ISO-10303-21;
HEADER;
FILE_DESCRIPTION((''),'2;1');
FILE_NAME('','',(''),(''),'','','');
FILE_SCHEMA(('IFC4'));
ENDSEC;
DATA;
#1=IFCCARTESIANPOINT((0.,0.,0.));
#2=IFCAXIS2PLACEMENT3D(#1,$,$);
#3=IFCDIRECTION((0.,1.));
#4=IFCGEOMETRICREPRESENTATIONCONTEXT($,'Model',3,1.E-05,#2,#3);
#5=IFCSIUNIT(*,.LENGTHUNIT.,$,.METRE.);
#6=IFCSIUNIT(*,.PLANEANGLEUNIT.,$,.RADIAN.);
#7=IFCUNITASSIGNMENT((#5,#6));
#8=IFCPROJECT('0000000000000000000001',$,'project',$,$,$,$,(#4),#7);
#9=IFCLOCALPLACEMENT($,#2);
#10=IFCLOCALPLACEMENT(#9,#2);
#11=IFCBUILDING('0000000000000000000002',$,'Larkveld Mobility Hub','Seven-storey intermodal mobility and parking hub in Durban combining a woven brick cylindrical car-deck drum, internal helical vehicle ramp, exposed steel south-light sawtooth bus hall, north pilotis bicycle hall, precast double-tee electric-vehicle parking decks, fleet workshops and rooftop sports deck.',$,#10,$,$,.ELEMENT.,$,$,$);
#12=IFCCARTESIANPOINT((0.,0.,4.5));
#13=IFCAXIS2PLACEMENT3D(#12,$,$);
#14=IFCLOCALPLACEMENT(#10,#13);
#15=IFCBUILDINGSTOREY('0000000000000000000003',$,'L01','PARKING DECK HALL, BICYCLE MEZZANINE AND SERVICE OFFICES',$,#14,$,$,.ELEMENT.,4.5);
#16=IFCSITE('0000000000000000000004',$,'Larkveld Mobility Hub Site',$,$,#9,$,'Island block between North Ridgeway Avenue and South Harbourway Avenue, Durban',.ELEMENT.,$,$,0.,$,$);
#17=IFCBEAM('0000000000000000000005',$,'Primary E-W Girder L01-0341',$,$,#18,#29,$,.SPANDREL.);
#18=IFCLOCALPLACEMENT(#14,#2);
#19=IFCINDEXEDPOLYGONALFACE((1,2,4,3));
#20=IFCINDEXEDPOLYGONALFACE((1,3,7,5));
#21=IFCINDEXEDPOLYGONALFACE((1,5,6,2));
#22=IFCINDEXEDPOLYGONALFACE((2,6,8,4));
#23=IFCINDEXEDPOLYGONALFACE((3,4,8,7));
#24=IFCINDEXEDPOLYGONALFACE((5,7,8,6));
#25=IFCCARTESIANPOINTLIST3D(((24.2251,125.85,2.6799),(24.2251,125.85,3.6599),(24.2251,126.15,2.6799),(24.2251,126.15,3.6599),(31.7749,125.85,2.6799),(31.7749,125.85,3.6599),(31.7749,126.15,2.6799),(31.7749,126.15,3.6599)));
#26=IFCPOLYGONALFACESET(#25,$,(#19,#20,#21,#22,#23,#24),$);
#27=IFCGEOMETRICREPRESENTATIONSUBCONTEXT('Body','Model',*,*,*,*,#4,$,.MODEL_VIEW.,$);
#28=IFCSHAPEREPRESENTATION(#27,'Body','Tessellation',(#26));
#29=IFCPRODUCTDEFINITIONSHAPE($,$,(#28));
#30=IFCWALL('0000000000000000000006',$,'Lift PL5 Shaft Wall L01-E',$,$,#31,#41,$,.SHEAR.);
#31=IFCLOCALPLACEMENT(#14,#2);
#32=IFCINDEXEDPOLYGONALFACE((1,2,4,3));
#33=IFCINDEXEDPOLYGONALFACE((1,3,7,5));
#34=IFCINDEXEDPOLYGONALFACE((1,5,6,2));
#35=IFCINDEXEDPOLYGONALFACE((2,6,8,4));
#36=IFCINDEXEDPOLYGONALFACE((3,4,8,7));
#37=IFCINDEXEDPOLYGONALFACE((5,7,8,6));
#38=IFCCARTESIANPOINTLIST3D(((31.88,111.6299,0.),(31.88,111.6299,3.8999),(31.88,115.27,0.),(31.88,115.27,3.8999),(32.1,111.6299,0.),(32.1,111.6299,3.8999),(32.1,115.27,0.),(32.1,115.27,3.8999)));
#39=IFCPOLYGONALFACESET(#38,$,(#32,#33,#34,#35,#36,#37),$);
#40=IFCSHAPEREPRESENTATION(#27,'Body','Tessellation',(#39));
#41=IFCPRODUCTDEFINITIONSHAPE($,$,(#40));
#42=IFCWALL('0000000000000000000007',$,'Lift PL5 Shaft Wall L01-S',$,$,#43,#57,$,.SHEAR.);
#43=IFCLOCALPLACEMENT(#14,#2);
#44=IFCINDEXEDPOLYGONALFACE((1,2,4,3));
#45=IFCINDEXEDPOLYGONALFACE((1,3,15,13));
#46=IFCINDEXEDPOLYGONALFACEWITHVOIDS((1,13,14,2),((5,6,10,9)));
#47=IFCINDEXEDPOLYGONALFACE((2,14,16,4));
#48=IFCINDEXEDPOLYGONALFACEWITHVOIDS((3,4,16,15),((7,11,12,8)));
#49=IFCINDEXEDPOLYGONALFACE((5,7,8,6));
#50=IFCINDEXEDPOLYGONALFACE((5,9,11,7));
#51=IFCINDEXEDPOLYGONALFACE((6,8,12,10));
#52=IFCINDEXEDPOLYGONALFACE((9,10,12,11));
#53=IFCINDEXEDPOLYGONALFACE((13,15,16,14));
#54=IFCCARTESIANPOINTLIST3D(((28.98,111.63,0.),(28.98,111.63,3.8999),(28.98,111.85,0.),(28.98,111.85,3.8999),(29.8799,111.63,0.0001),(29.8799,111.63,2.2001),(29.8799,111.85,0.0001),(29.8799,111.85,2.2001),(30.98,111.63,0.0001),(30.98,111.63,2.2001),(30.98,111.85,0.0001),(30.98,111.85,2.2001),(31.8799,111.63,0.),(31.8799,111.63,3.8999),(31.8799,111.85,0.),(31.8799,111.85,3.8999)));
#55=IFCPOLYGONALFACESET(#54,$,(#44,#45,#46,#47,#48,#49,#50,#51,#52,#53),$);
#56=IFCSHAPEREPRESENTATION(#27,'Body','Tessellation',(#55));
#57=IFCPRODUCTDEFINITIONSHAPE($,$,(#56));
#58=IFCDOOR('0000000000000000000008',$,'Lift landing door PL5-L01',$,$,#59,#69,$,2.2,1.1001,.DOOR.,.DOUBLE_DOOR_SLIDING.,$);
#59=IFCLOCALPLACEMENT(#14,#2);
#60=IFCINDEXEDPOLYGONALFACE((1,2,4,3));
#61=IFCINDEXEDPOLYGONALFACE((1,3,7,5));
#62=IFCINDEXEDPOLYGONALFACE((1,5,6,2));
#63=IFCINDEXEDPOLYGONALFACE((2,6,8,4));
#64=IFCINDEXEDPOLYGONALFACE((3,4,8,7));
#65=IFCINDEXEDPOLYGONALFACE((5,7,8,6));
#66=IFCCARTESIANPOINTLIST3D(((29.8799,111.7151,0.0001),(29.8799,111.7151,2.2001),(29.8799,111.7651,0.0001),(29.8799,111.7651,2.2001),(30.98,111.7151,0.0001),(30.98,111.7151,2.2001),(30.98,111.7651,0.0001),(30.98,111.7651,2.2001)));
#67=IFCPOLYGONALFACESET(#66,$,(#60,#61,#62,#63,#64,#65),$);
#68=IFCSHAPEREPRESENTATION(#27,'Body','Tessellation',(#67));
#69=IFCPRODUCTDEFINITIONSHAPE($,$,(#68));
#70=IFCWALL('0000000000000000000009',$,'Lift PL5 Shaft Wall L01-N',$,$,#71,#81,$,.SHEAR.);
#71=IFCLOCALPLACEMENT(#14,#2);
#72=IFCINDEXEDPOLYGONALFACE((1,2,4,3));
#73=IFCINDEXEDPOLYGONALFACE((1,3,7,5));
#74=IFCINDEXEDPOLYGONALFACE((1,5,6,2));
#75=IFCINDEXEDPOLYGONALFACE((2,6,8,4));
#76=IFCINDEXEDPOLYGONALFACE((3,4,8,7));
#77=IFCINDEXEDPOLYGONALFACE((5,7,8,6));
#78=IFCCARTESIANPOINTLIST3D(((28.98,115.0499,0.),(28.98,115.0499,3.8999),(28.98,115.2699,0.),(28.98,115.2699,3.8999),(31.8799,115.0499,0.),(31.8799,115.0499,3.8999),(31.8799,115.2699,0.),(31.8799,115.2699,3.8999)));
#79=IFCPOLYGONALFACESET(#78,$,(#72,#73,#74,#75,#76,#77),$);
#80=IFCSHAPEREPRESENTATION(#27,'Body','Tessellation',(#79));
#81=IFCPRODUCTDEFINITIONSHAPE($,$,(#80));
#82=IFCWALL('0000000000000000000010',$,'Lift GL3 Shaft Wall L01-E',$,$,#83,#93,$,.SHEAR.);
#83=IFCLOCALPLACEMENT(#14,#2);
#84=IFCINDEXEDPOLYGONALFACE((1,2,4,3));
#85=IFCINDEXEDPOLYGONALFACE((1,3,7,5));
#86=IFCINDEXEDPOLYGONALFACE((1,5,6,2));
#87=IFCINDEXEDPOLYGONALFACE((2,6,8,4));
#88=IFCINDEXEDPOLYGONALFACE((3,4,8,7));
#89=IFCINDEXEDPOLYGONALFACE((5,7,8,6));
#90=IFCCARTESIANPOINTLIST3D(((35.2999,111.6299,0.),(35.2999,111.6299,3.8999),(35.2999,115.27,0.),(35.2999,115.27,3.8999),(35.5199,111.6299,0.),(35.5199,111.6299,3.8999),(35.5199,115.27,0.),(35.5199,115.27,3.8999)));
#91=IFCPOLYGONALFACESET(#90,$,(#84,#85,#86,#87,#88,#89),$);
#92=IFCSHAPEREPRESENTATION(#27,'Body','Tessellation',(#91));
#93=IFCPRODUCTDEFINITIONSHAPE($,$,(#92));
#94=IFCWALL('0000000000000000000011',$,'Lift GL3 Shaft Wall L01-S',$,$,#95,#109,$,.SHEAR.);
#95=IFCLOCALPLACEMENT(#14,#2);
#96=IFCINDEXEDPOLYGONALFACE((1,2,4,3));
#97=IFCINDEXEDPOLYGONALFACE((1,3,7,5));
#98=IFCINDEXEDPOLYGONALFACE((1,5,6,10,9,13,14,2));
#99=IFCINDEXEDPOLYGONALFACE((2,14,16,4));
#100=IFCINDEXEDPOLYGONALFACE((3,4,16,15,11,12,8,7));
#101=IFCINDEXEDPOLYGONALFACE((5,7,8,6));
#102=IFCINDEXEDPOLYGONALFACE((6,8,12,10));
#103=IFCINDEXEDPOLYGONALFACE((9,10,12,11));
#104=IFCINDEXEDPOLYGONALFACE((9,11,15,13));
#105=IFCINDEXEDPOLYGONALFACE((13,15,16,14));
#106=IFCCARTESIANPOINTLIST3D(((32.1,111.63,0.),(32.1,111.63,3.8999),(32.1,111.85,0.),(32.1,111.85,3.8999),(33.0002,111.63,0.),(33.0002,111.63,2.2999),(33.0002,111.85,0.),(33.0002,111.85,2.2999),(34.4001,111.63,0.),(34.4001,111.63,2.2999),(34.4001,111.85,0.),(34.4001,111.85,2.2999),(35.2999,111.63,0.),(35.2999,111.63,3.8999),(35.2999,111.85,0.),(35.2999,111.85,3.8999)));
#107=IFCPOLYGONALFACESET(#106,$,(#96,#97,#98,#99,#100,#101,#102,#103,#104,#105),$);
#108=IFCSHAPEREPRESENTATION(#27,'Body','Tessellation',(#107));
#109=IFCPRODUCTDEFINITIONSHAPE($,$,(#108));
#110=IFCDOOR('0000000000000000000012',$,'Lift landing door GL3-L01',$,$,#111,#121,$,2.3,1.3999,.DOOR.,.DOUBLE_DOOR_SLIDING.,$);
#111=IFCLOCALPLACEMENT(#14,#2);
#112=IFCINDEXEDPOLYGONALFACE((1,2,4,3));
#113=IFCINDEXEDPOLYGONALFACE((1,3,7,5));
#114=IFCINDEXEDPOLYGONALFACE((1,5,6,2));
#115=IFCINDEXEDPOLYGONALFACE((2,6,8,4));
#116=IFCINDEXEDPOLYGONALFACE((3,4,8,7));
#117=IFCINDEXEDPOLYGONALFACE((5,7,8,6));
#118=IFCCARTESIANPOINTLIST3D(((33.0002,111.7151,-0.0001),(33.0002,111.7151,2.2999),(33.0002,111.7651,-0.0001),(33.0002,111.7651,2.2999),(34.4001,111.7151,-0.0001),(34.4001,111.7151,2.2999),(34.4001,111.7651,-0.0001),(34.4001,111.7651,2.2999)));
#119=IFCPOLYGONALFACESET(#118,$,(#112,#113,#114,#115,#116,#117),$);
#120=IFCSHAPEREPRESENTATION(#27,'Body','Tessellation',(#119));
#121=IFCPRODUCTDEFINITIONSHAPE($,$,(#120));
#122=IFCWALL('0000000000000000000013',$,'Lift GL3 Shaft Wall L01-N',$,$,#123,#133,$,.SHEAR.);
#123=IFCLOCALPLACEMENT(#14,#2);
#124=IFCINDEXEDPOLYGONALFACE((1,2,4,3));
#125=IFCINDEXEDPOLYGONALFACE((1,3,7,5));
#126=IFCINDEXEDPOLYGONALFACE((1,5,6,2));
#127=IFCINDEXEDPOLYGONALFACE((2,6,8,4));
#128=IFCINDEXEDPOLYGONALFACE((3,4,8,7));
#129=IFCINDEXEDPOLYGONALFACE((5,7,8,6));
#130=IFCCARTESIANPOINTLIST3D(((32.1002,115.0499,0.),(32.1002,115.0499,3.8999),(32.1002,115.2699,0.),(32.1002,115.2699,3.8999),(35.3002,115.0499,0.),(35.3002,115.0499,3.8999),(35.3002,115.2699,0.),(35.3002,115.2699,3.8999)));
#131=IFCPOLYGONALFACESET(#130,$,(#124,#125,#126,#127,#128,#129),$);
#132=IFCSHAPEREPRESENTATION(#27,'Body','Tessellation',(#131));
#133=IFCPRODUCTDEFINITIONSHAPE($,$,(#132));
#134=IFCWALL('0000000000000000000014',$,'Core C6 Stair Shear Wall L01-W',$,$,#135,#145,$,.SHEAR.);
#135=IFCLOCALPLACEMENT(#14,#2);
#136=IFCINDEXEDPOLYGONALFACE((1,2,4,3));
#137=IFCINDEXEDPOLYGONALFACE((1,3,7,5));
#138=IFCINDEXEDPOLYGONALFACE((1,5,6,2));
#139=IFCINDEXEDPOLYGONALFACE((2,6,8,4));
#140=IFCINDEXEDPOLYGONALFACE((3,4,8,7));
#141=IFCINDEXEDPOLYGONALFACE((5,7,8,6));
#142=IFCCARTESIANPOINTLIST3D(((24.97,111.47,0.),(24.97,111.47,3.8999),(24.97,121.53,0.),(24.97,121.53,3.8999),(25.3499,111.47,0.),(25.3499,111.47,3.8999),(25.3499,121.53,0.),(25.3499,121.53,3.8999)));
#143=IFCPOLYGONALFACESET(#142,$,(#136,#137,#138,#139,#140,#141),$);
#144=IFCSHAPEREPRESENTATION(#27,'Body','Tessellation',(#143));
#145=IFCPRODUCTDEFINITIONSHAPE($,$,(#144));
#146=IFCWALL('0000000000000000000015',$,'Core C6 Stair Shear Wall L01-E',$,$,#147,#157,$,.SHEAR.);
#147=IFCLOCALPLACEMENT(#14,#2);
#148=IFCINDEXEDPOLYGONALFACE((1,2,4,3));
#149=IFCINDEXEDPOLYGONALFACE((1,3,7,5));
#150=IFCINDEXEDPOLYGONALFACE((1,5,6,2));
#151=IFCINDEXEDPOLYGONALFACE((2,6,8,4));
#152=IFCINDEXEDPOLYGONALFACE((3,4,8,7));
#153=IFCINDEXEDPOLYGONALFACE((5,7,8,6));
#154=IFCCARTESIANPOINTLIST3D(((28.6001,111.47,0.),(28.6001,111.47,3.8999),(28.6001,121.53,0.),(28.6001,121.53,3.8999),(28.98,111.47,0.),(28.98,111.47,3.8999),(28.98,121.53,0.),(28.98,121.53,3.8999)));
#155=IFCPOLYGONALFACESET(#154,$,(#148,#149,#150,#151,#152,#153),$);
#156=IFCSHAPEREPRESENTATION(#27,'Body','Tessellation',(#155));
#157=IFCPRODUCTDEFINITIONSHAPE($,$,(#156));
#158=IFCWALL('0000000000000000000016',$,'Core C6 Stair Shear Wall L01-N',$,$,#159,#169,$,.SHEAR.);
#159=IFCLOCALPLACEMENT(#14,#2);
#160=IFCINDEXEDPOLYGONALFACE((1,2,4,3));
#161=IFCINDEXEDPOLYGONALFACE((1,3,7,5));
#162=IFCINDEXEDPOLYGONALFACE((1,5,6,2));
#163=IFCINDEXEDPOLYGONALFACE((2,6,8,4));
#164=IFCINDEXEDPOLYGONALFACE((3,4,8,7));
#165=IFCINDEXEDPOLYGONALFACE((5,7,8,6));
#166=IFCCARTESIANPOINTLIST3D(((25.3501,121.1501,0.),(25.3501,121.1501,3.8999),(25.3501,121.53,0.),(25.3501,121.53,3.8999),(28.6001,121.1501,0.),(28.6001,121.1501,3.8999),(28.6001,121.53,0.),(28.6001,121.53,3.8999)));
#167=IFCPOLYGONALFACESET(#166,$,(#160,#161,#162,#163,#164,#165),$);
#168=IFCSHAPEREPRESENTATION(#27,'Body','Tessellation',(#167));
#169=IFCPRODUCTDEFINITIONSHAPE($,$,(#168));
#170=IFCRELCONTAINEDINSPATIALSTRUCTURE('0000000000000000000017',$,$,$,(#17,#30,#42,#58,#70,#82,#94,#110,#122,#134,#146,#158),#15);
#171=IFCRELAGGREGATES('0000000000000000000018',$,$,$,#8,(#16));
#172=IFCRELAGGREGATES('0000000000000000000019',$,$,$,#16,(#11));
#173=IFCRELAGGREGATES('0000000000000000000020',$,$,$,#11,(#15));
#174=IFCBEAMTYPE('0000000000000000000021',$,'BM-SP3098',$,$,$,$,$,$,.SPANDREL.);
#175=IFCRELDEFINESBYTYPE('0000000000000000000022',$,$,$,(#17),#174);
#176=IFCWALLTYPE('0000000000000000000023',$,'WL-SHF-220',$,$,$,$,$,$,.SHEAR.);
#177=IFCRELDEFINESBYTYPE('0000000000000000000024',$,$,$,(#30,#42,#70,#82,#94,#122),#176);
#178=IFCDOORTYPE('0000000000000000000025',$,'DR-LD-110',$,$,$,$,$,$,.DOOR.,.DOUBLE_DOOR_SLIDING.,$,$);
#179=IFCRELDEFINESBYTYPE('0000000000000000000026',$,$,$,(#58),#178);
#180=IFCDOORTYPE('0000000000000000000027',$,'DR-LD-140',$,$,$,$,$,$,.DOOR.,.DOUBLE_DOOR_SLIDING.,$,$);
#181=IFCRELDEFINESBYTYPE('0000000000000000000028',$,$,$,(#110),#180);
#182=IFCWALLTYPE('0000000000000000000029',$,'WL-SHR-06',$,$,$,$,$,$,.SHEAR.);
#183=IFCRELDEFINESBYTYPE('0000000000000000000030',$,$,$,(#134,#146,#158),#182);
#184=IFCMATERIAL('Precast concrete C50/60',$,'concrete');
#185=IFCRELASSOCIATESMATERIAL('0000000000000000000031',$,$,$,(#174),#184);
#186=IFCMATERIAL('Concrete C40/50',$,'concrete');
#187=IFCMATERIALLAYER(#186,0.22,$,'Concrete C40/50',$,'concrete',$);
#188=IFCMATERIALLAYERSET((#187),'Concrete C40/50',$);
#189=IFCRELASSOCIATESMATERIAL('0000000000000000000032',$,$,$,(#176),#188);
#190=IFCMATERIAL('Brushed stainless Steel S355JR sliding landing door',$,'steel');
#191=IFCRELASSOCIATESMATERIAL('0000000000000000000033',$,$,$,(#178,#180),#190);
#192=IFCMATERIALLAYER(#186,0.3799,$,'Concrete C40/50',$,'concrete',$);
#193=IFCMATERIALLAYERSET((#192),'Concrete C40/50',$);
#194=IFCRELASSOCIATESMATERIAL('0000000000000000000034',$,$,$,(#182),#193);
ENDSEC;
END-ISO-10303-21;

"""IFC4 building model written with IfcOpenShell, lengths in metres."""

from ifc_helpers import new_model, si_unit, direction, frame, frame_2d, origin, origin_2d, place, context, subcontext, project, spatial, rectangle, extrude, material, layer, layer_set, material_profile, profile_set, type_object, element, fill, save


model = new_model("IFC4")

# Units and contexts
model_context = context("Model", 3, precision=1e-05, world=origin(), true_north=direction((0.0, 1.0)))
body_context = subcontext(model_context, "Body", "Model", "MODEL_VIEW")
ifc_project = project(units=[si_unit("LENGTHUNIT", "METRE"), si_unit("PLANEANGLEUNIT", "RADIAN")], contexts=[model_context])

# Site, building, storey
site_placement = place(None, origin())
site = spatial("IfcSite", under=ifc_project, at=site_placement, Name="Larkveld Mobility Hub Site", LongName="Island block between North Ridgeway Avenue and South Harbourway Avenue, Durban", CompositionType="ELEMENT", RefElevation=0.0)
building_placement = place(site_placement, origin())
building = spatial("IfcBuilding", under=site, at=building_placement, Name="Larkveld Mobility Hub", Description="Seven-storey intermodal mobility and parking hub in Durban combining a woven brick cylindrical car-deck drum, internal helical vehicle ramp, exposed steel south-light sawtooth bus hall, north pilotis bicycle hall, precast double-tee electric-vehicle parking decks, fleet workshops and rooftop sports deck.", CompositionType="ELEMENT")
storey_placement = place(building_placement, frame((0.0, 0.0, 4.5)))
storey = spatial("IfcBuildingStorey", under=building, at=storey_placement, Name="L01", Description="PARKING DECK HALL, BICYCLE MEZZANINE AND SERVICE OFFICES", CompositionType="ELEMENT", Elevation=4.5)

# Shared definitions
ifc_material_1 = material(Name="Precast concrete C50/60", Category="concrete")
ifc_material_2 = material(Name="Concrete C40/50", Category="concrete")

# Beam
ifc_material_profile_1 = material_profile(ifc_material_1, rectangle(XDim=0.3, YDim=0.98, at=origin_2d()), Name="PC SP 300x980")
ifc_profile_set_1 = profile_set([ifc_material_profile_1], Name="Precast concrete C50/60")
beam_type_1 = type_object("IfcBeamType", Name="BM-SP3098", PredefinedType="SPANDREL", material=ifc_profile_set_1)
beam_1_placement = place(storey_placement, frame((24.2251, 126.0, 3.1699), z_axis=(1.0, 0.0, 0.0), x_axis=(0.0, 1.0, 0.0)))
element("IfcBeam", 1, at=beam_1_placement, inside=storey, type_object=beam_type_1, Name="Primary E-W Girder L01-0341", PredefinedType="SPANDREL", context=body_context, shape_type="SweptSolid", body=[
    extrude(rectangle(XDim=0.3, YDim=0.98, at=origin_2d()), origin(), (0.0, 0.0, 1.0), 7.5498),
])

# Wall
ifc_layer_1 = layer(ifc_material_2, 0.22, Name="Concrete C40/50", Category="concrete")
ifc_layer_set_1 = layer_set([ifc_layer_1], Name="Concrete C40/50")
wall_type_1 = type_object("IfcWallType", Name="WL-SHF-220", PredefinedType="SHEAR", material=ifc_layer_set_1)
wall_1_placement = place(storey_placement, frame((31.99, 115.27, 0.0), z_axis=(0.0, 0.0, 1.0), x_axis=(0.0, -1.0, 0.0)))
element("IfcWall", 2, at=wall_1_placement, inside=storey, type_object=wall_type_1, Name="Lift PL5 Shaft Wall L01-E", PredefinedType="SHEAR", context=body_context, shape_type="SweptSolid", body=[
    extrude(rectangle(XDim=3.6401, YDim=0.22, at=frame_2d((1.8201, 0.0))), origin(), (0.0, 0.0, 1.0), 3.8999),
])

# Wall, opening, door
wall_2_placement = place(storey_placement, frame((31.8799, 111.74, 0.0), z_axis=(0.0, 0.0, 1.0), x_axis=(-1.0, 0.0, 0.0)))
wall_2 = element("IfcWall", 3, at=wall_2_placement, inside=storey, type_object=wall_type_1, Name="Lift PL5 Shaft Wall L01-S", PredefinedType="SHEAR", context=body_context, shape_type="SweptSolid", body=[
    extrude(rectangle(XDim=2.8999, YDim=0.22, at=frame_2d((1.45, 0.0))), origin(), (0.0, 0.0, 1.0), 3.8999),
])
opening_1_placement = place(wall_2_placement, frame((0.8999, 0.0, 0.0)))
opening_1 = element("IfcOpeningElement", 4, at=opening_1_placement, cuts=wall_2, PredefinedType="OPENING", context=body_context, shape_type="SweptSolid", body=[
    extrude(rectangle(XDim=1.1001, YDim=2.2, at=frame_2d((0.55, 1.1001))), frame((0.0, 0.1201, 0.0), z_axis=(0.0, -1.0, 0.0), x_axis=(1.0, 0.0, 0.0)), (0.0, 0.0, 1.0), 0.24),
])
ifc_material_3 = material(Name="Brushed stainless Steel S355JR sliding landing door", Category="steel")
door_type_1 = type_object("IfcDoorType", Name="DR-LD-110", OperationType="DOUBLE_DOOR_SLIDING", PredefinedType="DOOR", material=ifc_material_3)
door_1_placement = place(opening_1_placement, origin())
door_1 = element("IfcDoor", 5, at=door_1_placement, inside=storey, type_object=door_type_1, Name="Lift landing door PL5-L01", OperationType="DOUBLE_DOOR_SLIDING", OverallHeight=2.2, OverallWidth=1.1001, PredefinedType="DOOR", context=body_context, shape_type="SweptSolid", body=[
    extrude(rectangle(XDim=1.1001, YDim=2.2, at=frame_2d((0.55, 1.1001))), frame((0.0, 0.0249, 0.0), z_axis=(0.0, -1.0, 0.0), x_axis=(1.0, 0.0, 0.0)), (0.0, 0.0, 1.0), 0.05),
])
fill(opening_1, door_1)

# Walls
wall_3_placement = place(storey_placement, frame((28.98, 115.1599, 0.0), z_axis=(0.0, 0.0, 1.0), x_axis=(1.0, 0.0, 0.0)))
element("IfcWall", 6, at=wall_3_placement, inside=storey, type_object=wall_type_1, Name="Lift PL5 Shaft Wall L01-N", PredefinedType="SHEAR", context=body_context, shape_type="SweptSolid", body=[
    extrude(rectangle(XDim=2.8999, YDim=0.22, at=frame_2d((1.45, 0.0))), origin(), (0.0, 0.0, 1.0), 3.8999),
])
wall_4_placement = place(storey_placement, frame((35.4099, 115.27, 0.0), z_axis=(0.0, 0.0, 1.0), x_axis=(0.0, -1.0, 0.0)))
element("IfcWall", 7, at=wall_4_placement, inside=storey, type_object=wall_type_1, Name="Lift GL3 Shaft Wall L01-E", PredefinedType="SHEAR", context=body_context, shape_type="SweptSolid", body=[
    extrude(rectangle(XDim=3.6401, YDim=0.22, at=frame_2d((1.8201, 0.0))), origin(), (0.0, 0.0, 1.0), 3.8999),
])

# Wall, opening, door
wall_5_placement = place(storey_placement, frame((35.3, 111.74, 0.0), z_axis=(0.0, 0.0, 1.0), x_axis=(-1.0, 0.0, 0.0)))
wall_5 = element("IfcWall", 8, at=wall_5_placement, inside=storey, type_object=wall_type_1, Name="Lift GL3 Shaft Wall L01-S", PredefinedType="SHEAR", context=body_context, shape_type="SweptSolid", body=[
    extrude(rectangle(XDim=3.2, YDim=0.22, at=frame_2d((1.6001, 0.0))), origin(), (0.0, 0.0, 1.0), 3.8999),
])
opening_2_placement = place(wall_5_placement, frame((0.8999, 0.0, 0.0)))
opening_2 = element("IfcOpeningElement", 9, at=opening_2_placement, cuts=wall_5, PredefinedType="OPENING", context=body_context, shape_type="SweptSolid", body=[
    extrude(rectangle(XDim=1.3999, YDim=2.3, at=frame_2d((0.7, 1.1499))), frame((0.0, 0.1201, 0.0), z_axis=(0.0, -1.0, 0.0), x_axis=(1.0, 0.0, 0.0)), (0.0, 0.0, 1.0), 0.24),
])
door_type_2 = type_object("IfcDoorType", Name="DR-LD-140", OperationType="DOUBLE_DOOR_SLIDING", PredefinedType="DOOR", material=ifc_material_3)
door_2_placement = place(opening_2_placement, origin())
door_2 = element("IfcDoor", 10, at=door_2_placement, inside=storey, type_object=door_type_2, Name="Lift landing door GL3-L01", OperationType="DOUBLE_DOOR_SLIDING", OverallHeight=2.3, OverallWidth=1.3999, PredefinedType="DOOR", context=body_context, shape_type="SweptSolid", body=[
    extrude(rectangle(XDim=1.3999, YDim=2.3, at=frame_2d((0.7, 1.1499))), frame((0.0, 0.0249, 0.0), z_axis=(0.0, -1.0, 0.0), x_axis=(1.0, 0.0, 0.0)), (0.0, 0.0, 1.0), 0.05),
])
fill(opening_2, door_2)

# Walls
wall_6_placement = place(storey_placement, frame((32.1001, 115.1599, 0.0), z_axis=(0.0, 0.0, 1.0), x_axis=(1.0, 0.0, 0.0)))
element("IfcWall", 11, at=wall_6_placement, inside=storey, type_object=wall_type_1, Name="Lift GL3 Shaft Wall L01-N", PredefinedType="SHEAR", context=body_context, shape_type="SweptSolid", body=[
    extrude(rectangle(XDim=3.2, YDim=0.22, at=frame_2d((1.6001, 0.0))), origin(), (0.0, 0.0, 1.0), 3.8999),
])
ifc_layer_2 = layer(ifc_material_2, 0.3799, Name="Concrete C40/50", Category="concrete")
ifc_layer_set_2 = layer_set([ifc_layer_2], Name="Concrete C40/50")
wall_type_2 = type_object("IfcWallType", Name="WL-SHR-06", PredefinedType="SHEAR", material=ifc_layer_set_2)
for number, where, z_axis, x_axis, name in (
    (12, (25.1599, 111.47, 0.0), (0.0, 0.0, 1.0), (0.0, 1.0, 0.0), "Core C6 Stair Shear Wall L01-W"),
    (13, (28.79, 121.53, 0.0), (0.0, 0.0, 1.0), (0.0, -1.0, 0.0), "Core C6 Stair Shear Wall L01-E"),
):
    element("IfcWall", number, at=place(storey_placement, frame(where, z_axis=z_axis, x_axis=x_axis)), inside=storey, type_object=wall_type_2, Name=name, PredefinedType="SHEAR", context=body_context, shape_type="SweptSolid", body=[
        extrude(rectangle(XDim=10.0601, YDim=0.3799, at=frame_2d((5.03, 0.0))), origin(), (0.0, 0.0, 1.0), 3.8999),
    ])

# Wall
wall_7_placement = place(storey_placement, frame((25.3501, 121.3401, 0.0), z_axis=(0.0, 0.0, 1.0), x_axis=(1.0, 0.0, 0.0)))
element("IfcWall", 14, at=wall_7_placement, inside=storey, type_object=wall_type_2, Name="Core C6 Stair Shear Wall L01-N", PredefinedType="SHEAR", context=body_context, shape_type="SweptSolid", body=[
    extrude(rectangle(XDim=3.25, YDim=0.3799, at=frame_2d((1.625, 0.0))), origin(), (0.0, 0.0, 1.0), 3.8999),
])

save(model, "model.ifc")
